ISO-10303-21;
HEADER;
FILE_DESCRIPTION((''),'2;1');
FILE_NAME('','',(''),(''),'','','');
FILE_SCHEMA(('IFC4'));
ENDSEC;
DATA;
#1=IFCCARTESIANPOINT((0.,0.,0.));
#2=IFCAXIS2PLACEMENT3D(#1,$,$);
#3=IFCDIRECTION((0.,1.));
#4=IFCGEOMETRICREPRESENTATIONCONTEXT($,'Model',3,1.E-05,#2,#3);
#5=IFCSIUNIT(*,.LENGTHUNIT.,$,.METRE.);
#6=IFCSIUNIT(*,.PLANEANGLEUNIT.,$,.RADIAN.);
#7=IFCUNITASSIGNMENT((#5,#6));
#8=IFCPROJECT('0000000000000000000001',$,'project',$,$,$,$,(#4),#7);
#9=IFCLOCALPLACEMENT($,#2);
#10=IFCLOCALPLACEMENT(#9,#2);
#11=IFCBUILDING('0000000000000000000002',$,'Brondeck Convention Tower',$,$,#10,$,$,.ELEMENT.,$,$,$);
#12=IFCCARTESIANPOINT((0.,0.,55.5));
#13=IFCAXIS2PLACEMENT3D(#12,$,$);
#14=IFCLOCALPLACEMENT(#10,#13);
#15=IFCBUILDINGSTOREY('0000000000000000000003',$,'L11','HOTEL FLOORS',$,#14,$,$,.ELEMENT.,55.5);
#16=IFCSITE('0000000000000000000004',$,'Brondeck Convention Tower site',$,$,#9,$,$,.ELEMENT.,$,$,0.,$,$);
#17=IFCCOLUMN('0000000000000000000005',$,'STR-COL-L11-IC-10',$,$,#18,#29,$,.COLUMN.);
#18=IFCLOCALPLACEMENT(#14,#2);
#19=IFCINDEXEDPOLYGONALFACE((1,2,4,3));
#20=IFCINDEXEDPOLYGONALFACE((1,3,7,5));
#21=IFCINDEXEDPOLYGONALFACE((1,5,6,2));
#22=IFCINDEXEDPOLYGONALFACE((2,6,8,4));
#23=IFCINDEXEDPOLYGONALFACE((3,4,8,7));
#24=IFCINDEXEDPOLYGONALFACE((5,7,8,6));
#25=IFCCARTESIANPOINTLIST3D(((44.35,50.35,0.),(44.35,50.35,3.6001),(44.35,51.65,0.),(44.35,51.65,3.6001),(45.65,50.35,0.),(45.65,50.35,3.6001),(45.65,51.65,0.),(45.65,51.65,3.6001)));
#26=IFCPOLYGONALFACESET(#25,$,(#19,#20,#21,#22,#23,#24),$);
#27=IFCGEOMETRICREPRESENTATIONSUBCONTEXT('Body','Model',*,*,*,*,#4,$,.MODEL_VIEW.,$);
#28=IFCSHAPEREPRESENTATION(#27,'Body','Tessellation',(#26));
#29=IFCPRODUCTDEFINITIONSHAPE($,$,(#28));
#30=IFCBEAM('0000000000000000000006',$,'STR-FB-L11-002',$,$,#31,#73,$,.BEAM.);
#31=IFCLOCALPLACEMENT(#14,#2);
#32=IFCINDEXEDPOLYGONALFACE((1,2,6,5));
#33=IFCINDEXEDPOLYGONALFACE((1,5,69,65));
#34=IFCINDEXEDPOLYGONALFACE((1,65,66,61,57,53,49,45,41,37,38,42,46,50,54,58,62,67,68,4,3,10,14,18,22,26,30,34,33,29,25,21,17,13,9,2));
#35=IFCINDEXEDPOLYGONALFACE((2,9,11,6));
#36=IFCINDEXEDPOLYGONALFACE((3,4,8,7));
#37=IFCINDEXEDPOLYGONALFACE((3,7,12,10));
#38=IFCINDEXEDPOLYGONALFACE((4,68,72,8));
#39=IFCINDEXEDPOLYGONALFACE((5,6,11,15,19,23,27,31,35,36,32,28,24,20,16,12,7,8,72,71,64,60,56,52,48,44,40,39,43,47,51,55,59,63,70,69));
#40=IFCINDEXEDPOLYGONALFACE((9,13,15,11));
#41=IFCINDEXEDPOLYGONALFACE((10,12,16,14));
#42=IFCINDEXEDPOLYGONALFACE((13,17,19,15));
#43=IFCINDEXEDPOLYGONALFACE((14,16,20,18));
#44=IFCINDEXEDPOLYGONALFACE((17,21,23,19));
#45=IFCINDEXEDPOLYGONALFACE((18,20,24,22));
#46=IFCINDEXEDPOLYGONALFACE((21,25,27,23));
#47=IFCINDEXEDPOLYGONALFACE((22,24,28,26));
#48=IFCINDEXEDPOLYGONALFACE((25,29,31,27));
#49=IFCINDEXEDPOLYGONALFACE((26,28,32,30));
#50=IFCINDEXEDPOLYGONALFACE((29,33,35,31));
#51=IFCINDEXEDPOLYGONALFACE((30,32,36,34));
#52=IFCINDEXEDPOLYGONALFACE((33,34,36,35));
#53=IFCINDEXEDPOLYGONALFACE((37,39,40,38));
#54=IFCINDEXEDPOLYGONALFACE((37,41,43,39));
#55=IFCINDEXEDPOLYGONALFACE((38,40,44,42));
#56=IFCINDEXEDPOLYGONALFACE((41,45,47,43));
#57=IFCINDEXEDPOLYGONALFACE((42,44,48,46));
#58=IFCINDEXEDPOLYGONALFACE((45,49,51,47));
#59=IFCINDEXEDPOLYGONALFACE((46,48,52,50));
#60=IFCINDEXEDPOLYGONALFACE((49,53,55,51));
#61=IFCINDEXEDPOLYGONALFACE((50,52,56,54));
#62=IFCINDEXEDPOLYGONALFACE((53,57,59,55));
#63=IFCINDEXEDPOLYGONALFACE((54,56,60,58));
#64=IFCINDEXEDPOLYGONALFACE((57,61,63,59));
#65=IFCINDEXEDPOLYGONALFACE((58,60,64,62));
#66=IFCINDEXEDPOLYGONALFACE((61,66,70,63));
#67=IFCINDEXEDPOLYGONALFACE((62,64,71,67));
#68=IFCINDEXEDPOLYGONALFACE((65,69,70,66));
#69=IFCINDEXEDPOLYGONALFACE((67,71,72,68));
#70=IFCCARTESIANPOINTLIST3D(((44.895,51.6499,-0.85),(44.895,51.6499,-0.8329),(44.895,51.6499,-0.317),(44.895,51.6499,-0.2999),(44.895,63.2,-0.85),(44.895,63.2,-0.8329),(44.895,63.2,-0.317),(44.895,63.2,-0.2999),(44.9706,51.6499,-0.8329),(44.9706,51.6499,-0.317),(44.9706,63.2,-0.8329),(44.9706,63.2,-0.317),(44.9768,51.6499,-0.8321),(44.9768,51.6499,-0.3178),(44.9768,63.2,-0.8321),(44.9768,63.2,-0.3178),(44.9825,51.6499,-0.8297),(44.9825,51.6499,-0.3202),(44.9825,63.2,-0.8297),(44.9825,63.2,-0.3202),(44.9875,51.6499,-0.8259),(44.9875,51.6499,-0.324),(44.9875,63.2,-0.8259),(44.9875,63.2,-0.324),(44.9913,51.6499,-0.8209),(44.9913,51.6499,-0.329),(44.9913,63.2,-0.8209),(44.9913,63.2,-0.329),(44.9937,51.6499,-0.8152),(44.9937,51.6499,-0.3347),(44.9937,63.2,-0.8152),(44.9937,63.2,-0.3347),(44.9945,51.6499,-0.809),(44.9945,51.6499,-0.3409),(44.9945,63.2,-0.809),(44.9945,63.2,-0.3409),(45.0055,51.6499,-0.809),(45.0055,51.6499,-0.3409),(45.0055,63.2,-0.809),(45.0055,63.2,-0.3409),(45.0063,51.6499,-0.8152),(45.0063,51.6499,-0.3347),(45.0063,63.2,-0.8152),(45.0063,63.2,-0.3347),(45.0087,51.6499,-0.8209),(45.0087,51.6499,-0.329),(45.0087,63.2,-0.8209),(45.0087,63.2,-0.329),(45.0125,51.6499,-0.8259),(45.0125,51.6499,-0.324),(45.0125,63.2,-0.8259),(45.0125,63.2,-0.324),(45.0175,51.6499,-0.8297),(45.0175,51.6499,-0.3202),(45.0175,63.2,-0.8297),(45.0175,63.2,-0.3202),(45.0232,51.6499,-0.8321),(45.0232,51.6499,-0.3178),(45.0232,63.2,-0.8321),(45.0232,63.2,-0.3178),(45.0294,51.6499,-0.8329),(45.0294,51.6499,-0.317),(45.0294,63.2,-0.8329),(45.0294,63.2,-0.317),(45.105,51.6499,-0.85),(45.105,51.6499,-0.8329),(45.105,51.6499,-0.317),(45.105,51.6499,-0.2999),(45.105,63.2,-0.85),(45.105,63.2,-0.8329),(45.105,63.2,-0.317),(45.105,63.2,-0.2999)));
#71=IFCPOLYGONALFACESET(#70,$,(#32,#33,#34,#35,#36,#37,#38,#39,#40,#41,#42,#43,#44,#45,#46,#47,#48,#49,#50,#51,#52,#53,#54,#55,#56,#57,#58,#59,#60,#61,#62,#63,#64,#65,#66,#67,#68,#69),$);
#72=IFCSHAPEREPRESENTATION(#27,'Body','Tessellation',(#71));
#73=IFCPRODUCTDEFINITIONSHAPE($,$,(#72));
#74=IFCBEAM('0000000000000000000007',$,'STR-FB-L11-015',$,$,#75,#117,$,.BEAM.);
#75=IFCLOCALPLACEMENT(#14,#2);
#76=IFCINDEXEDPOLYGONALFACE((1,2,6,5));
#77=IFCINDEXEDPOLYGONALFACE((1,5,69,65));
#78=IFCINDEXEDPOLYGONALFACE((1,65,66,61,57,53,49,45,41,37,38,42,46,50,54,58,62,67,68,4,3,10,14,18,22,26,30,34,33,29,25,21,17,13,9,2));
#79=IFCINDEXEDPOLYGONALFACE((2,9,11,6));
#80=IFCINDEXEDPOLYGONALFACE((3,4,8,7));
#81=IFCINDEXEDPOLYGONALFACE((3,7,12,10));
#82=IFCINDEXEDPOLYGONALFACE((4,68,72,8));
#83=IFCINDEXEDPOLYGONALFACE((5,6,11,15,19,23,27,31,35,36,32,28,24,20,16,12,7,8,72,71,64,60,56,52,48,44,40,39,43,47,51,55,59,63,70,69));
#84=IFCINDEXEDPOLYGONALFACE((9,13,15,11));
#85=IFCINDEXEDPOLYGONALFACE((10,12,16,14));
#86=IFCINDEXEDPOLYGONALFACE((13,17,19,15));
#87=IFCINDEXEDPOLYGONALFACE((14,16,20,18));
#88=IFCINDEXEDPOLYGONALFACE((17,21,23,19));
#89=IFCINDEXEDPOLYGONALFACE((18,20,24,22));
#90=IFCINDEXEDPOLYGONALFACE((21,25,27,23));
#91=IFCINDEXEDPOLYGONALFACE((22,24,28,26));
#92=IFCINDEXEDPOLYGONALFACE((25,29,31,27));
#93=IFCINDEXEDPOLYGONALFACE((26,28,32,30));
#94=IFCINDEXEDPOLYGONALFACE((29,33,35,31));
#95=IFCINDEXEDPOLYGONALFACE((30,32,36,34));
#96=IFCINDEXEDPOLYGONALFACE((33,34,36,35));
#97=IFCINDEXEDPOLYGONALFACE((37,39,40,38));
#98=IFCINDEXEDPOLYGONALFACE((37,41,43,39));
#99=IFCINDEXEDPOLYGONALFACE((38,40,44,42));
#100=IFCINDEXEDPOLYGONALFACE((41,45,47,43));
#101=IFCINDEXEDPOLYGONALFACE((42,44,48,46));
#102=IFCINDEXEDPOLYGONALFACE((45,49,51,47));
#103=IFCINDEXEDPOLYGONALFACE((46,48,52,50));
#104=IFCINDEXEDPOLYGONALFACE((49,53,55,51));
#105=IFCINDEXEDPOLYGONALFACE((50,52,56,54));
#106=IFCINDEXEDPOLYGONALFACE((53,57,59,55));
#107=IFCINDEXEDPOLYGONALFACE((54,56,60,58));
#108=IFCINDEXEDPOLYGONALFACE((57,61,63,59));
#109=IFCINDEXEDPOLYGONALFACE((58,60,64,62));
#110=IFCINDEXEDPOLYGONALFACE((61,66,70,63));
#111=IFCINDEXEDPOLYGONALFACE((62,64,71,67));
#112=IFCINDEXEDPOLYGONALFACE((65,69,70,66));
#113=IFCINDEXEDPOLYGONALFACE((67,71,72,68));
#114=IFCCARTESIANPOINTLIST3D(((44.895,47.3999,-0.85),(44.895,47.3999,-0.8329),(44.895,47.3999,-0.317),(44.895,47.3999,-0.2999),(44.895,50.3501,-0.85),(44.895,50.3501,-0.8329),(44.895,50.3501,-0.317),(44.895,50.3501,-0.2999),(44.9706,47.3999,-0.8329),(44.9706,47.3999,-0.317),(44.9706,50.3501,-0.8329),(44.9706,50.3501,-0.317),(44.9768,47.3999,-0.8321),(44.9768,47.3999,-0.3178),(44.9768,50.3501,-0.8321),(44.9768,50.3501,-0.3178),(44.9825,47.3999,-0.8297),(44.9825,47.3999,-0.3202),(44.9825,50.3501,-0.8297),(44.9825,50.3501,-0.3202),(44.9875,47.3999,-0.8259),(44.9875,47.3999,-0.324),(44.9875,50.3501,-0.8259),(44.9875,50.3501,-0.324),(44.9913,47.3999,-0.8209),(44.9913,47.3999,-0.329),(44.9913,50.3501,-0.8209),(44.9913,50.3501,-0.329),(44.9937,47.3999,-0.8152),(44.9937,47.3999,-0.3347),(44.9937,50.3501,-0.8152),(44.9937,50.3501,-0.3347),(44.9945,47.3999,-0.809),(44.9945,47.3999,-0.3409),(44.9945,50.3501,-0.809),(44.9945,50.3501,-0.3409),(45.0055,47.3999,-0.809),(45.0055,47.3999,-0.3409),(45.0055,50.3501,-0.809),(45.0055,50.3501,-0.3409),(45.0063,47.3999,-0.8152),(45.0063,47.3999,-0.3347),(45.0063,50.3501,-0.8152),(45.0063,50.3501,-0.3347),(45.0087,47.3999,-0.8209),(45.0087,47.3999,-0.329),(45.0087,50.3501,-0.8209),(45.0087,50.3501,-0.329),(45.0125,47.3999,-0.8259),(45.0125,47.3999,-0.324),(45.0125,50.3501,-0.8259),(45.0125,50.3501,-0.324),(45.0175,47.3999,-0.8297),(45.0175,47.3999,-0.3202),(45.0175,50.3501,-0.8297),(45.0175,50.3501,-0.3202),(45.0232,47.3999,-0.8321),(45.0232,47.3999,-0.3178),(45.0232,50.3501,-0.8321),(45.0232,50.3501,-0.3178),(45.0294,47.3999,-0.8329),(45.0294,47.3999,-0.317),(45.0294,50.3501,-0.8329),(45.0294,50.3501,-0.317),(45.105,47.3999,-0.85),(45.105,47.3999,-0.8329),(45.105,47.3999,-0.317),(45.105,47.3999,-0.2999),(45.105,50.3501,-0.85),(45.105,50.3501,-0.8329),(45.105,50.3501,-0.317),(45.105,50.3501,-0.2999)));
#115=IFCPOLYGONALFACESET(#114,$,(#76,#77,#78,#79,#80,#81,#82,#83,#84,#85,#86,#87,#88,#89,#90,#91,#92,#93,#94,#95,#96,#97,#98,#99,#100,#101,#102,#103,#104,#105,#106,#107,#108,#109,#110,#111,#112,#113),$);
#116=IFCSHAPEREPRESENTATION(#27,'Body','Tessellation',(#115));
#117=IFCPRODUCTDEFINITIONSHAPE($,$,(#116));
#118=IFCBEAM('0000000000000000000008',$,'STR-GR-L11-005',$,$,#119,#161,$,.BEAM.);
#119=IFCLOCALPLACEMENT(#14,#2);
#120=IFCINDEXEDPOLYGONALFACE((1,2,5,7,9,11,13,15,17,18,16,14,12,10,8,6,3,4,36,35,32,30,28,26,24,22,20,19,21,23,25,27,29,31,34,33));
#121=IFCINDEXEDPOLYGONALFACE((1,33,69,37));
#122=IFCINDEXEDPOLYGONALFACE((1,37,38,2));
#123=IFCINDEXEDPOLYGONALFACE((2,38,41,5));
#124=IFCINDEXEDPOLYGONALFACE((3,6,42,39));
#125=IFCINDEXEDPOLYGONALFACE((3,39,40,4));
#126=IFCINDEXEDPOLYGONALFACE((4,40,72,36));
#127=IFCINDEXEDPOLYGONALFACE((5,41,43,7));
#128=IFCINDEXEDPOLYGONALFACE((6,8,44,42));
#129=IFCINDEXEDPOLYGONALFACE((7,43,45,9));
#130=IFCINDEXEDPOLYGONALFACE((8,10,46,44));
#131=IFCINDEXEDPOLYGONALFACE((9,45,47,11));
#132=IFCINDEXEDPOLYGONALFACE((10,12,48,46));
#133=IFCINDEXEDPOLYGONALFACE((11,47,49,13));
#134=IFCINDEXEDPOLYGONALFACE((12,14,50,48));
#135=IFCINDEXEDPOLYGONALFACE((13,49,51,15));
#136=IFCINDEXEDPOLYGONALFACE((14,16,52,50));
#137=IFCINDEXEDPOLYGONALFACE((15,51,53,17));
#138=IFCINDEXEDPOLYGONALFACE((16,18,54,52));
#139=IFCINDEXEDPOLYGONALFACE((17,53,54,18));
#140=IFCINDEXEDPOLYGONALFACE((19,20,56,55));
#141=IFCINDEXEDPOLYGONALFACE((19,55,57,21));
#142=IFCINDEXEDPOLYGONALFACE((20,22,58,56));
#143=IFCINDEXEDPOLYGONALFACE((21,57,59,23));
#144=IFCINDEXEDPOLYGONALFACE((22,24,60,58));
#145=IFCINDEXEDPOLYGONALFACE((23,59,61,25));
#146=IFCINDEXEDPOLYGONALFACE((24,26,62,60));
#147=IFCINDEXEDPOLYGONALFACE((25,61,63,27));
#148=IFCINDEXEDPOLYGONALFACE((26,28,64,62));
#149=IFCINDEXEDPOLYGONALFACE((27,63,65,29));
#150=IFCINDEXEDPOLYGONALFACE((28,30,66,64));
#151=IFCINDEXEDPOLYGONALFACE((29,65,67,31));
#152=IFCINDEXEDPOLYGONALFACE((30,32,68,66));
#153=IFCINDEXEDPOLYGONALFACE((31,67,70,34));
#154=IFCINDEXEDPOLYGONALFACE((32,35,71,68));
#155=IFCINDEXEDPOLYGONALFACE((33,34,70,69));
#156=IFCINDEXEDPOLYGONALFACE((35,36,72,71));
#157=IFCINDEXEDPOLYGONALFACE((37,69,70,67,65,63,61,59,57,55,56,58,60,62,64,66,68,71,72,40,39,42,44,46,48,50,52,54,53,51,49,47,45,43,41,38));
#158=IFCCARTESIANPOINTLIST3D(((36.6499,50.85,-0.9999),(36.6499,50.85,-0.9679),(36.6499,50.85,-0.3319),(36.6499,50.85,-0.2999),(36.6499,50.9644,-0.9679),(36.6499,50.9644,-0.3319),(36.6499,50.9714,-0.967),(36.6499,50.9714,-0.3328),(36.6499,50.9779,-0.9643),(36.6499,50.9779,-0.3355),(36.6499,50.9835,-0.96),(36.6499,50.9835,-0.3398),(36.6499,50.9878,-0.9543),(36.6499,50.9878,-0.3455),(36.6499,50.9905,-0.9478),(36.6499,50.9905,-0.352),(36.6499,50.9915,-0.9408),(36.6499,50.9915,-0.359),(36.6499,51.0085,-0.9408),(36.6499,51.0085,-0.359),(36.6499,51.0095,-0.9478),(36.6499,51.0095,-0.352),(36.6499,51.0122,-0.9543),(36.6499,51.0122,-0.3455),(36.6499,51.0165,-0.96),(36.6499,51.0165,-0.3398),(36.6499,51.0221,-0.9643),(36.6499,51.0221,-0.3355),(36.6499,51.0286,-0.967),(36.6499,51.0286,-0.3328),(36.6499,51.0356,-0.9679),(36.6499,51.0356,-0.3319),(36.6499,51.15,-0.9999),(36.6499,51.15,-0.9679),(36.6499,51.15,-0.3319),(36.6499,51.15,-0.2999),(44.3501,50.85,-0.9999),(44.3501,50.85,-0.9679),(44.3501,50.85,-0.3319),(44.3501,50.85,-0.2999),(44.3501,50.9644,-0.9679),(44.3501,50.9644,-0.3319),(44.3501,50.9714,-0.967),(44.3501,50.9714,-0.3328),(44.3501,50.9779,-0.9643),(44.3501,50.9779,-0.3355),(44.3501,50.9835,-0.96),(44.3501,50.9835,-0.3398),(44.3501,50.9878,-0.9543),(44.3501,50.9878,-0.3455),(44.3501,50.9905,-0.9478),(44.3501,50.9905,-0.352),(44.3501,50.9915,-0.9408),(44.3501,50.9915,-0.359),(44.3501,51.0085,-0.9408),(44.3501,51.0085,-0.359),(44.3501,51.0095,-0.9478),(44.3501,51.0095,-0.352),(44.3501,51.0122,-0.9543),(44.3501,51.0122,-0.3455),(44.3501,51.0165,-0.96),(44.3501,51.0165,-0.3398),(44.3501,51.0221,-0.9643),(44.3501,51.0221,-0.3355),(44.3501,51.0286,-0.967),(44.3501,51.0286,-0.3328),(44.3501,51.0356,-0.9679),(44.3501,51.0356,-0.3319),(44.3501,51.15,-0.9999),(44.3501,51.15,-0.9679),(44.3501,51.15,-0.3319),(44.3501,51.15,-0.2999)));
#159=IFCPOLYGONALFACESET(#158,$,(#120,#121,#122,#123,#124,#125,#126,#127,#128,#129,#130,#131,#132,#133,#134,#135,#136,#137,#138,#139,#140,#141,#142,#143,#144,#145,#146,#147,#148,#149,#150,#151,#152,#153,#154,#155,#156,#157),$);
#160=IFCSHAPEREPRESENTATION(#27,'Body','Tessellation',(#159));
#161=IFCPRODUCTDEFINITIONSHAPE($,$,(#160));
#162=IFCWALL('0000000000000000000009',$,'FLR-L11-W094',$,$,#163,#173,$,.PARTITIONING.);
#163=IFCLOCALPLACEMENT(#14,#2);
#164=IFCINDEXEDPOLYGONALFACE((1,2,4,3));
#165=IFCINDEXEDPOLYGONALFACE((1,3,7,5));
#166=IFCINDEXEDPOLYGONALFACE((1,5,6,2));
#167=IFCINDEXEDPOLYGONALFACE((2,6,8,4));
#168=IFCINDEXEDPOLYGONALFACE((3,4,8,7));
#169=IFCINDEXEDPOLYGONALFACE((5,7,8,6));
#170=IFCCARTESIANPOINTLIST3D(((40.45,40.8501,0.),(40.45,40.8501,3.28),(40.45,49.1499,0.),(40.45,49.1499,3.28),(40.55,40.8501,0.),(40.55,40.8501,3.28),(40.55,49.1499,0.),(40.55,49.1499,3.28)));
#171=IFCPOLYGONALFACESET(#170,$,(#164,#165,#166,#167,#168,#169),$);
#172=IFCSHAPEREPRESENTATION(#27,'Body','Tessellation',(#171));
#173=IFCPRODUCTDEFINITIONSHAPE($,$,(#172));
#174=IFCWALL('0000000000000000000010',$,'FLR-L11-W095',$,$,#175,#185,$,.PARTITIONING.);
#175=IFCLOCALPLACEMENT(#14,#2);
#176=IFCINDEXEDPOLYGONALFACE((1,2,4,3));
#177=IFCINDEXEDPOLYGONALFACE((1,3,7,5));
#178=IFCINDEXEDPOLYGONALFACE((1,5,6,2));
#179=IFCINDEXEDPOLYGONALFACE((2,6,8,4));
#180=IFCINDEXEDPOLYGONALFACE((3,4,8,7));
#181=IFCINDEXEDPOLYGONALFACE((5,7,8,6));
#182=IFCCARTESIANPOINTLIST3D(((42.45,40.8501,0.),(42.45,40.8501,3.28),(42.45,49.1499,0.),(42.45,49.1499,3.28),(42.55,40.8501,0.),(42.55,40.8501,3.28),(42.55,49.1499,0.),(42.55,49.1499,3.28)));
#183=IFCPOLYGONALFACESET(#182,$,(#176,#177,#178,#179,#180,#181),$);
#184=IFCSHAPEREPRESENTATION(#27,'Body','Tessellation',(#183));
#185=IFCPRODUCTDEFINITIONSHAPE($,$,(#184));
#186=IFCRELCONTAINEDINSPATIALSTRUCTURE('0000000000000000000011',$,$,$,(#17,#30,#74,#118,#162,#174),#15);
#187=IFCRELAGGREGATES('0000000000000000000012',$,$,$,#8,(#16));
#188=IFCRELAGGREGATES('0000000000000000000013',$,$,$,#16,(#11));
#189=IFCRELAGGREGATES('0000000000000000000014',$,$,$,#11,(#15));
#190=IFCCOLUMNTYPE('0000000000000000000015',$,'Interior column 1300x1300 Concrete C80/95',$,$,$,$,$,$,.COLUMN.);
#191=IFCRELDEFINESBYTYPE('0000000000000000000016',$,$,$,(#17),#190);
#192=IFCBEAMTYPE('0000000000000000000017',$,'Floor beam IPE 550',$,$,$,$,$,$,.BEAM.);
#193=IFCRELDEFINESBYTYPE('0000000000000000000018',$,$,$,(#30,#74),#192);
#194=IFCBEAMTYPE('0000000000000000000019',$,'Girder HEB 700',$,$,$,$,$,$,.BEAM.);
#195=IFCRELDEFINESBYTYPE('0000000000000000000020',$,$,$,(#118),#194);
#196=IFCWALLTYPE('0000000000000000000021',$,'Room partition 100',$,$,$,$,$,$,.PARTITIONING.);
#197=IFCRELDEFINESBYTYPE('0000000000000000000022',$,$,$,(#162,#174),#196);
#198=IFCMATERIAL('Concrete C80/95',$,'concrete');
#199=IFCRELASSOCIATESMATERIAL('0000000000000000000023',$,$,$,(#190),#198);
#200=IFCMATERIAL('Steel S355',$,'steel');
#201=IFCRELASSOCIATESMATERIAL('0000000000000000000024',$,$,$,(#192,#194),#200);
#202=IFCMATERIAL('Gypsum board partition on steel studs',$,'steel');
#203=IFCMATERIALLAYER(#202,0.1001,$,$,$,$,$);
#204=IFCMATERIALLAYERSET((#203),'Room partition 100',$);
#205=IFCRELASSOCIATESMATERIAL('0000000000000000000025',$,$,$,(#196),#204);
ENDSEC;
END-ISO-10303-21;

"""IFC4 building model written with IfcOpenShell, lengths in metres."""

from ifc_helpers import new_model, si_unit, direction, frame, frame_2d, origin, origin_2d, place, context, subcontext, project, spatial, rectangle, i_section, extrude, material, layer, layer_set, material_profile, profile_set, type_object, element, save


model = new_model("IFC4")

# Units and contexts
model_context = context("Model", 3, precision=1e-05, world=origin(), true_north=direction((0.0, 1.0)))
body_context = subcontext(model_context, "Body", "Model", "MODEL_VIEW")
ifc_project = project(units=[si_unit("LENGTHUNIT", "METRE"), si_unit("PLANEANGLEUNIT", "RADIAN")], contexts=[model_context])

# Site, building, storey
site_placement = place(None, origin())
site = spatial("IfcSite", under=ifc_project, at=site_placement, Name="Brondeck Convention Tower site", CompositionType="ELEMENT", RefElevation=0.0)
building_placement = place(site_placement, origin())
building = spatial("IfcBuilding", under=site, at=building_placement, Name="Brondeck Convention Tower", CompositionType="ELEMENT")
storey_placement = place(building_placement, frame((0.0, 0.0, 55.5)))
storey = spatial("IfcBuildingStorey", under=building, at=storey_placement, Name="L11", Description="HOTEL FLOORS", CompositionType="ELEMENT", Elevation=55.5)

# Column
ifc_material_1 = material(Name="Concrete C80/95", Category="concrete")
ifc_material_profile_1 = material_profile(ifc_material_1, rectangle(XDim=1.3, YDim=1.3, at=origin_2d()), Name="Interior column 1300x1300 Concrete C80/95")
ifc_profile_set_1 = profile_set([ifc_material_profile_1], Name="Concrete C80/95")
column_type = type_object("IfcColumnType", Name="Interior column 1300x1300 Concrete C80/95", PredefinedType="COLUMN", material=ifc_profile_set_1)
column_placement = place(storey_placement, frame((45.0, 51.0, 0.0), z_axis=(0.0, 0.0, 1.0), x_axis=(1.0, 0.0, 0.0)))
element("IfcColumn", 1, at=column_placement, inside=storey, type_object=column_type, Name="STR-COL-L11-IC-10", PredefinedType="COLUMN", context=body_context, shape_type="SweptSolid", body=[
    extrude(rectangle(XDim=1.3, YDim=1.3, at=origin_2d()), origin(), (0.0, 0.0, 1.0), 3.6001),
])

# Beams
ifc_material_2 = material(Name="Steel S355", Category="steel")
ifc_material_profile_2 = material_profile(ifc_material_2, i_section(OverallWidth=0.21, OverallDepth=0.55, WebThickness=0.011, FlangeThickness=0.0171, FilletRadius=0.0239, at=origin_2d()), Name="IPE 550")
ifc_profile_set_2 = profile_set([ifc_material_profile_2], Name="Steel S355")
beam_type_1 = type_object("IfcBeamType", Name="Floor beam IPE 550", PredefinedType="BEAM", material=ifc_profile_set_2)
beam_1_placement = place(storey_placement, frame((45.0, 51.6499, -0.575), z_axis=(0.0, 1.0, 0.0), x_axis=(-1.0, 0.0, 0.0)))
element("IfcBeam", 2, at=beam_1_placement, inside=storey, type_object=beam_type_1, Name="STR-FB-L11-002", PredefinedType="BEAM", context=body_context, shape_type="SweptSolid", body=[
    extrude(i_section(OverallWidth=0.21, OverallDepth=0.55, WebThickness=0.011, FlangeThickness=0.0171, FilletRadius=0.0239, at=origin_2d()), origin(), (0.0, 0.0, 1.0), 11.55),
])
beam_2_placement = place(storey_placement, frame((45.0, 47.3999, -0.575), z_axis=(0.0, 1.0, 0.0), x_axis=(-1.0, 0.0, 0.0)))
element("IfcBeam", 3, at=beam_2_placement, inside=storey, type_object=beam_type_1, Name="STR-FB-L11-015", PredefinedType="BEAM", context=body_context, shape_type="SweptSolid", body=[
    extrude(i_section(OverallWidth=0.21, OverallDepth=0.55, WebThickness=0.011, FlangeThickness=0.0171, FilletRadius=0.0239, at=origin_2d()), origin(), (0.0, 0.0, 1.0), 2.9502),
])
ifc_material_profile_3 = material_profile(ifc_material_2, i_section(OverallWidth=0.3, OverallDepth=0.7, WebThickness=0.0171, FlangeThickness=0.032, FilletRadius=0.0271, at=origin_2d()), Name="HEB 700")
ifc_profile_set_3 = profile_set([ifc_material_profile_3], Name="Steel S355")
beam_type_2 = type_object("IfcBeamType", Name="Girder HEB 700", PredefinedType="BEAM", material=ifc_profile_set_3)
beam_3_placement = place(storey_placement, frame((36.6499, 51.0, -0.6499), z_axis=(1.0, 0.0, 0.0), x_axis=(0.0, 1.0, 0.0)))
element("IfcBeam", 4, at=beam_3_placement, inside=storey, type_object=beam_type_2, Name="STR-GR-L11-005", PredefinedType="BEAM", context=body_context, shape_type="SweptSolid", body=[
    extrude(i_section(OverallWidth=0.3, OverallDepth=0.7, WebThickness=0.0171, FlangeThickness=0.032, FilletRadius=0.0271, at=origin_2d()), origin(), (0.0, 0.0, 1.0), 7.7002),
])

# Walls
ifc_material_3 = material(Name="Gypsum board partition on steel studs", Category="steel")
ifc_layer_1 = layer(ifc_material_3, 0.1001)
ifc_layer_set_1 = layer_set([ifc_layer_1], Name="Room partition 100")
wall_type_1 = type_object("IfcWallType", Name="Room partition 100", PredefinedType="PARTITIONING", material=ifc_layer_set_1)
for number, where, z_axis, x_axis, name in (
    (5, (40.5, 49.1499, 0.0), (0.0, 0.0, 1.0), (0.0, -1.0, 0.0), "FLR-L11-W094"),
    (6, (42.5, 49.1499, 0.0), (0.0, 0.0, 1.0), (0.0, -1.0, 0.0), "FLR-L11-W095"),
):
    element("IfcWall", number, at=place(storey_placement, frame(where, z_axis=z_axis, x_axis=x_axis)), inside=storey, type_object=wall_type_1, Name=name, PredefinedType="PARTITIONING", context=body_context, shape_type="SweptSolid", body=[
        extrude(rectangle(XDim=8.2998, YDim=0.1001, at=frame_2d((4.1499, 0.0))), origin(), (0.0, 0.0, 1.0), 3.28),
    ])

save(model, "model.ifc")
